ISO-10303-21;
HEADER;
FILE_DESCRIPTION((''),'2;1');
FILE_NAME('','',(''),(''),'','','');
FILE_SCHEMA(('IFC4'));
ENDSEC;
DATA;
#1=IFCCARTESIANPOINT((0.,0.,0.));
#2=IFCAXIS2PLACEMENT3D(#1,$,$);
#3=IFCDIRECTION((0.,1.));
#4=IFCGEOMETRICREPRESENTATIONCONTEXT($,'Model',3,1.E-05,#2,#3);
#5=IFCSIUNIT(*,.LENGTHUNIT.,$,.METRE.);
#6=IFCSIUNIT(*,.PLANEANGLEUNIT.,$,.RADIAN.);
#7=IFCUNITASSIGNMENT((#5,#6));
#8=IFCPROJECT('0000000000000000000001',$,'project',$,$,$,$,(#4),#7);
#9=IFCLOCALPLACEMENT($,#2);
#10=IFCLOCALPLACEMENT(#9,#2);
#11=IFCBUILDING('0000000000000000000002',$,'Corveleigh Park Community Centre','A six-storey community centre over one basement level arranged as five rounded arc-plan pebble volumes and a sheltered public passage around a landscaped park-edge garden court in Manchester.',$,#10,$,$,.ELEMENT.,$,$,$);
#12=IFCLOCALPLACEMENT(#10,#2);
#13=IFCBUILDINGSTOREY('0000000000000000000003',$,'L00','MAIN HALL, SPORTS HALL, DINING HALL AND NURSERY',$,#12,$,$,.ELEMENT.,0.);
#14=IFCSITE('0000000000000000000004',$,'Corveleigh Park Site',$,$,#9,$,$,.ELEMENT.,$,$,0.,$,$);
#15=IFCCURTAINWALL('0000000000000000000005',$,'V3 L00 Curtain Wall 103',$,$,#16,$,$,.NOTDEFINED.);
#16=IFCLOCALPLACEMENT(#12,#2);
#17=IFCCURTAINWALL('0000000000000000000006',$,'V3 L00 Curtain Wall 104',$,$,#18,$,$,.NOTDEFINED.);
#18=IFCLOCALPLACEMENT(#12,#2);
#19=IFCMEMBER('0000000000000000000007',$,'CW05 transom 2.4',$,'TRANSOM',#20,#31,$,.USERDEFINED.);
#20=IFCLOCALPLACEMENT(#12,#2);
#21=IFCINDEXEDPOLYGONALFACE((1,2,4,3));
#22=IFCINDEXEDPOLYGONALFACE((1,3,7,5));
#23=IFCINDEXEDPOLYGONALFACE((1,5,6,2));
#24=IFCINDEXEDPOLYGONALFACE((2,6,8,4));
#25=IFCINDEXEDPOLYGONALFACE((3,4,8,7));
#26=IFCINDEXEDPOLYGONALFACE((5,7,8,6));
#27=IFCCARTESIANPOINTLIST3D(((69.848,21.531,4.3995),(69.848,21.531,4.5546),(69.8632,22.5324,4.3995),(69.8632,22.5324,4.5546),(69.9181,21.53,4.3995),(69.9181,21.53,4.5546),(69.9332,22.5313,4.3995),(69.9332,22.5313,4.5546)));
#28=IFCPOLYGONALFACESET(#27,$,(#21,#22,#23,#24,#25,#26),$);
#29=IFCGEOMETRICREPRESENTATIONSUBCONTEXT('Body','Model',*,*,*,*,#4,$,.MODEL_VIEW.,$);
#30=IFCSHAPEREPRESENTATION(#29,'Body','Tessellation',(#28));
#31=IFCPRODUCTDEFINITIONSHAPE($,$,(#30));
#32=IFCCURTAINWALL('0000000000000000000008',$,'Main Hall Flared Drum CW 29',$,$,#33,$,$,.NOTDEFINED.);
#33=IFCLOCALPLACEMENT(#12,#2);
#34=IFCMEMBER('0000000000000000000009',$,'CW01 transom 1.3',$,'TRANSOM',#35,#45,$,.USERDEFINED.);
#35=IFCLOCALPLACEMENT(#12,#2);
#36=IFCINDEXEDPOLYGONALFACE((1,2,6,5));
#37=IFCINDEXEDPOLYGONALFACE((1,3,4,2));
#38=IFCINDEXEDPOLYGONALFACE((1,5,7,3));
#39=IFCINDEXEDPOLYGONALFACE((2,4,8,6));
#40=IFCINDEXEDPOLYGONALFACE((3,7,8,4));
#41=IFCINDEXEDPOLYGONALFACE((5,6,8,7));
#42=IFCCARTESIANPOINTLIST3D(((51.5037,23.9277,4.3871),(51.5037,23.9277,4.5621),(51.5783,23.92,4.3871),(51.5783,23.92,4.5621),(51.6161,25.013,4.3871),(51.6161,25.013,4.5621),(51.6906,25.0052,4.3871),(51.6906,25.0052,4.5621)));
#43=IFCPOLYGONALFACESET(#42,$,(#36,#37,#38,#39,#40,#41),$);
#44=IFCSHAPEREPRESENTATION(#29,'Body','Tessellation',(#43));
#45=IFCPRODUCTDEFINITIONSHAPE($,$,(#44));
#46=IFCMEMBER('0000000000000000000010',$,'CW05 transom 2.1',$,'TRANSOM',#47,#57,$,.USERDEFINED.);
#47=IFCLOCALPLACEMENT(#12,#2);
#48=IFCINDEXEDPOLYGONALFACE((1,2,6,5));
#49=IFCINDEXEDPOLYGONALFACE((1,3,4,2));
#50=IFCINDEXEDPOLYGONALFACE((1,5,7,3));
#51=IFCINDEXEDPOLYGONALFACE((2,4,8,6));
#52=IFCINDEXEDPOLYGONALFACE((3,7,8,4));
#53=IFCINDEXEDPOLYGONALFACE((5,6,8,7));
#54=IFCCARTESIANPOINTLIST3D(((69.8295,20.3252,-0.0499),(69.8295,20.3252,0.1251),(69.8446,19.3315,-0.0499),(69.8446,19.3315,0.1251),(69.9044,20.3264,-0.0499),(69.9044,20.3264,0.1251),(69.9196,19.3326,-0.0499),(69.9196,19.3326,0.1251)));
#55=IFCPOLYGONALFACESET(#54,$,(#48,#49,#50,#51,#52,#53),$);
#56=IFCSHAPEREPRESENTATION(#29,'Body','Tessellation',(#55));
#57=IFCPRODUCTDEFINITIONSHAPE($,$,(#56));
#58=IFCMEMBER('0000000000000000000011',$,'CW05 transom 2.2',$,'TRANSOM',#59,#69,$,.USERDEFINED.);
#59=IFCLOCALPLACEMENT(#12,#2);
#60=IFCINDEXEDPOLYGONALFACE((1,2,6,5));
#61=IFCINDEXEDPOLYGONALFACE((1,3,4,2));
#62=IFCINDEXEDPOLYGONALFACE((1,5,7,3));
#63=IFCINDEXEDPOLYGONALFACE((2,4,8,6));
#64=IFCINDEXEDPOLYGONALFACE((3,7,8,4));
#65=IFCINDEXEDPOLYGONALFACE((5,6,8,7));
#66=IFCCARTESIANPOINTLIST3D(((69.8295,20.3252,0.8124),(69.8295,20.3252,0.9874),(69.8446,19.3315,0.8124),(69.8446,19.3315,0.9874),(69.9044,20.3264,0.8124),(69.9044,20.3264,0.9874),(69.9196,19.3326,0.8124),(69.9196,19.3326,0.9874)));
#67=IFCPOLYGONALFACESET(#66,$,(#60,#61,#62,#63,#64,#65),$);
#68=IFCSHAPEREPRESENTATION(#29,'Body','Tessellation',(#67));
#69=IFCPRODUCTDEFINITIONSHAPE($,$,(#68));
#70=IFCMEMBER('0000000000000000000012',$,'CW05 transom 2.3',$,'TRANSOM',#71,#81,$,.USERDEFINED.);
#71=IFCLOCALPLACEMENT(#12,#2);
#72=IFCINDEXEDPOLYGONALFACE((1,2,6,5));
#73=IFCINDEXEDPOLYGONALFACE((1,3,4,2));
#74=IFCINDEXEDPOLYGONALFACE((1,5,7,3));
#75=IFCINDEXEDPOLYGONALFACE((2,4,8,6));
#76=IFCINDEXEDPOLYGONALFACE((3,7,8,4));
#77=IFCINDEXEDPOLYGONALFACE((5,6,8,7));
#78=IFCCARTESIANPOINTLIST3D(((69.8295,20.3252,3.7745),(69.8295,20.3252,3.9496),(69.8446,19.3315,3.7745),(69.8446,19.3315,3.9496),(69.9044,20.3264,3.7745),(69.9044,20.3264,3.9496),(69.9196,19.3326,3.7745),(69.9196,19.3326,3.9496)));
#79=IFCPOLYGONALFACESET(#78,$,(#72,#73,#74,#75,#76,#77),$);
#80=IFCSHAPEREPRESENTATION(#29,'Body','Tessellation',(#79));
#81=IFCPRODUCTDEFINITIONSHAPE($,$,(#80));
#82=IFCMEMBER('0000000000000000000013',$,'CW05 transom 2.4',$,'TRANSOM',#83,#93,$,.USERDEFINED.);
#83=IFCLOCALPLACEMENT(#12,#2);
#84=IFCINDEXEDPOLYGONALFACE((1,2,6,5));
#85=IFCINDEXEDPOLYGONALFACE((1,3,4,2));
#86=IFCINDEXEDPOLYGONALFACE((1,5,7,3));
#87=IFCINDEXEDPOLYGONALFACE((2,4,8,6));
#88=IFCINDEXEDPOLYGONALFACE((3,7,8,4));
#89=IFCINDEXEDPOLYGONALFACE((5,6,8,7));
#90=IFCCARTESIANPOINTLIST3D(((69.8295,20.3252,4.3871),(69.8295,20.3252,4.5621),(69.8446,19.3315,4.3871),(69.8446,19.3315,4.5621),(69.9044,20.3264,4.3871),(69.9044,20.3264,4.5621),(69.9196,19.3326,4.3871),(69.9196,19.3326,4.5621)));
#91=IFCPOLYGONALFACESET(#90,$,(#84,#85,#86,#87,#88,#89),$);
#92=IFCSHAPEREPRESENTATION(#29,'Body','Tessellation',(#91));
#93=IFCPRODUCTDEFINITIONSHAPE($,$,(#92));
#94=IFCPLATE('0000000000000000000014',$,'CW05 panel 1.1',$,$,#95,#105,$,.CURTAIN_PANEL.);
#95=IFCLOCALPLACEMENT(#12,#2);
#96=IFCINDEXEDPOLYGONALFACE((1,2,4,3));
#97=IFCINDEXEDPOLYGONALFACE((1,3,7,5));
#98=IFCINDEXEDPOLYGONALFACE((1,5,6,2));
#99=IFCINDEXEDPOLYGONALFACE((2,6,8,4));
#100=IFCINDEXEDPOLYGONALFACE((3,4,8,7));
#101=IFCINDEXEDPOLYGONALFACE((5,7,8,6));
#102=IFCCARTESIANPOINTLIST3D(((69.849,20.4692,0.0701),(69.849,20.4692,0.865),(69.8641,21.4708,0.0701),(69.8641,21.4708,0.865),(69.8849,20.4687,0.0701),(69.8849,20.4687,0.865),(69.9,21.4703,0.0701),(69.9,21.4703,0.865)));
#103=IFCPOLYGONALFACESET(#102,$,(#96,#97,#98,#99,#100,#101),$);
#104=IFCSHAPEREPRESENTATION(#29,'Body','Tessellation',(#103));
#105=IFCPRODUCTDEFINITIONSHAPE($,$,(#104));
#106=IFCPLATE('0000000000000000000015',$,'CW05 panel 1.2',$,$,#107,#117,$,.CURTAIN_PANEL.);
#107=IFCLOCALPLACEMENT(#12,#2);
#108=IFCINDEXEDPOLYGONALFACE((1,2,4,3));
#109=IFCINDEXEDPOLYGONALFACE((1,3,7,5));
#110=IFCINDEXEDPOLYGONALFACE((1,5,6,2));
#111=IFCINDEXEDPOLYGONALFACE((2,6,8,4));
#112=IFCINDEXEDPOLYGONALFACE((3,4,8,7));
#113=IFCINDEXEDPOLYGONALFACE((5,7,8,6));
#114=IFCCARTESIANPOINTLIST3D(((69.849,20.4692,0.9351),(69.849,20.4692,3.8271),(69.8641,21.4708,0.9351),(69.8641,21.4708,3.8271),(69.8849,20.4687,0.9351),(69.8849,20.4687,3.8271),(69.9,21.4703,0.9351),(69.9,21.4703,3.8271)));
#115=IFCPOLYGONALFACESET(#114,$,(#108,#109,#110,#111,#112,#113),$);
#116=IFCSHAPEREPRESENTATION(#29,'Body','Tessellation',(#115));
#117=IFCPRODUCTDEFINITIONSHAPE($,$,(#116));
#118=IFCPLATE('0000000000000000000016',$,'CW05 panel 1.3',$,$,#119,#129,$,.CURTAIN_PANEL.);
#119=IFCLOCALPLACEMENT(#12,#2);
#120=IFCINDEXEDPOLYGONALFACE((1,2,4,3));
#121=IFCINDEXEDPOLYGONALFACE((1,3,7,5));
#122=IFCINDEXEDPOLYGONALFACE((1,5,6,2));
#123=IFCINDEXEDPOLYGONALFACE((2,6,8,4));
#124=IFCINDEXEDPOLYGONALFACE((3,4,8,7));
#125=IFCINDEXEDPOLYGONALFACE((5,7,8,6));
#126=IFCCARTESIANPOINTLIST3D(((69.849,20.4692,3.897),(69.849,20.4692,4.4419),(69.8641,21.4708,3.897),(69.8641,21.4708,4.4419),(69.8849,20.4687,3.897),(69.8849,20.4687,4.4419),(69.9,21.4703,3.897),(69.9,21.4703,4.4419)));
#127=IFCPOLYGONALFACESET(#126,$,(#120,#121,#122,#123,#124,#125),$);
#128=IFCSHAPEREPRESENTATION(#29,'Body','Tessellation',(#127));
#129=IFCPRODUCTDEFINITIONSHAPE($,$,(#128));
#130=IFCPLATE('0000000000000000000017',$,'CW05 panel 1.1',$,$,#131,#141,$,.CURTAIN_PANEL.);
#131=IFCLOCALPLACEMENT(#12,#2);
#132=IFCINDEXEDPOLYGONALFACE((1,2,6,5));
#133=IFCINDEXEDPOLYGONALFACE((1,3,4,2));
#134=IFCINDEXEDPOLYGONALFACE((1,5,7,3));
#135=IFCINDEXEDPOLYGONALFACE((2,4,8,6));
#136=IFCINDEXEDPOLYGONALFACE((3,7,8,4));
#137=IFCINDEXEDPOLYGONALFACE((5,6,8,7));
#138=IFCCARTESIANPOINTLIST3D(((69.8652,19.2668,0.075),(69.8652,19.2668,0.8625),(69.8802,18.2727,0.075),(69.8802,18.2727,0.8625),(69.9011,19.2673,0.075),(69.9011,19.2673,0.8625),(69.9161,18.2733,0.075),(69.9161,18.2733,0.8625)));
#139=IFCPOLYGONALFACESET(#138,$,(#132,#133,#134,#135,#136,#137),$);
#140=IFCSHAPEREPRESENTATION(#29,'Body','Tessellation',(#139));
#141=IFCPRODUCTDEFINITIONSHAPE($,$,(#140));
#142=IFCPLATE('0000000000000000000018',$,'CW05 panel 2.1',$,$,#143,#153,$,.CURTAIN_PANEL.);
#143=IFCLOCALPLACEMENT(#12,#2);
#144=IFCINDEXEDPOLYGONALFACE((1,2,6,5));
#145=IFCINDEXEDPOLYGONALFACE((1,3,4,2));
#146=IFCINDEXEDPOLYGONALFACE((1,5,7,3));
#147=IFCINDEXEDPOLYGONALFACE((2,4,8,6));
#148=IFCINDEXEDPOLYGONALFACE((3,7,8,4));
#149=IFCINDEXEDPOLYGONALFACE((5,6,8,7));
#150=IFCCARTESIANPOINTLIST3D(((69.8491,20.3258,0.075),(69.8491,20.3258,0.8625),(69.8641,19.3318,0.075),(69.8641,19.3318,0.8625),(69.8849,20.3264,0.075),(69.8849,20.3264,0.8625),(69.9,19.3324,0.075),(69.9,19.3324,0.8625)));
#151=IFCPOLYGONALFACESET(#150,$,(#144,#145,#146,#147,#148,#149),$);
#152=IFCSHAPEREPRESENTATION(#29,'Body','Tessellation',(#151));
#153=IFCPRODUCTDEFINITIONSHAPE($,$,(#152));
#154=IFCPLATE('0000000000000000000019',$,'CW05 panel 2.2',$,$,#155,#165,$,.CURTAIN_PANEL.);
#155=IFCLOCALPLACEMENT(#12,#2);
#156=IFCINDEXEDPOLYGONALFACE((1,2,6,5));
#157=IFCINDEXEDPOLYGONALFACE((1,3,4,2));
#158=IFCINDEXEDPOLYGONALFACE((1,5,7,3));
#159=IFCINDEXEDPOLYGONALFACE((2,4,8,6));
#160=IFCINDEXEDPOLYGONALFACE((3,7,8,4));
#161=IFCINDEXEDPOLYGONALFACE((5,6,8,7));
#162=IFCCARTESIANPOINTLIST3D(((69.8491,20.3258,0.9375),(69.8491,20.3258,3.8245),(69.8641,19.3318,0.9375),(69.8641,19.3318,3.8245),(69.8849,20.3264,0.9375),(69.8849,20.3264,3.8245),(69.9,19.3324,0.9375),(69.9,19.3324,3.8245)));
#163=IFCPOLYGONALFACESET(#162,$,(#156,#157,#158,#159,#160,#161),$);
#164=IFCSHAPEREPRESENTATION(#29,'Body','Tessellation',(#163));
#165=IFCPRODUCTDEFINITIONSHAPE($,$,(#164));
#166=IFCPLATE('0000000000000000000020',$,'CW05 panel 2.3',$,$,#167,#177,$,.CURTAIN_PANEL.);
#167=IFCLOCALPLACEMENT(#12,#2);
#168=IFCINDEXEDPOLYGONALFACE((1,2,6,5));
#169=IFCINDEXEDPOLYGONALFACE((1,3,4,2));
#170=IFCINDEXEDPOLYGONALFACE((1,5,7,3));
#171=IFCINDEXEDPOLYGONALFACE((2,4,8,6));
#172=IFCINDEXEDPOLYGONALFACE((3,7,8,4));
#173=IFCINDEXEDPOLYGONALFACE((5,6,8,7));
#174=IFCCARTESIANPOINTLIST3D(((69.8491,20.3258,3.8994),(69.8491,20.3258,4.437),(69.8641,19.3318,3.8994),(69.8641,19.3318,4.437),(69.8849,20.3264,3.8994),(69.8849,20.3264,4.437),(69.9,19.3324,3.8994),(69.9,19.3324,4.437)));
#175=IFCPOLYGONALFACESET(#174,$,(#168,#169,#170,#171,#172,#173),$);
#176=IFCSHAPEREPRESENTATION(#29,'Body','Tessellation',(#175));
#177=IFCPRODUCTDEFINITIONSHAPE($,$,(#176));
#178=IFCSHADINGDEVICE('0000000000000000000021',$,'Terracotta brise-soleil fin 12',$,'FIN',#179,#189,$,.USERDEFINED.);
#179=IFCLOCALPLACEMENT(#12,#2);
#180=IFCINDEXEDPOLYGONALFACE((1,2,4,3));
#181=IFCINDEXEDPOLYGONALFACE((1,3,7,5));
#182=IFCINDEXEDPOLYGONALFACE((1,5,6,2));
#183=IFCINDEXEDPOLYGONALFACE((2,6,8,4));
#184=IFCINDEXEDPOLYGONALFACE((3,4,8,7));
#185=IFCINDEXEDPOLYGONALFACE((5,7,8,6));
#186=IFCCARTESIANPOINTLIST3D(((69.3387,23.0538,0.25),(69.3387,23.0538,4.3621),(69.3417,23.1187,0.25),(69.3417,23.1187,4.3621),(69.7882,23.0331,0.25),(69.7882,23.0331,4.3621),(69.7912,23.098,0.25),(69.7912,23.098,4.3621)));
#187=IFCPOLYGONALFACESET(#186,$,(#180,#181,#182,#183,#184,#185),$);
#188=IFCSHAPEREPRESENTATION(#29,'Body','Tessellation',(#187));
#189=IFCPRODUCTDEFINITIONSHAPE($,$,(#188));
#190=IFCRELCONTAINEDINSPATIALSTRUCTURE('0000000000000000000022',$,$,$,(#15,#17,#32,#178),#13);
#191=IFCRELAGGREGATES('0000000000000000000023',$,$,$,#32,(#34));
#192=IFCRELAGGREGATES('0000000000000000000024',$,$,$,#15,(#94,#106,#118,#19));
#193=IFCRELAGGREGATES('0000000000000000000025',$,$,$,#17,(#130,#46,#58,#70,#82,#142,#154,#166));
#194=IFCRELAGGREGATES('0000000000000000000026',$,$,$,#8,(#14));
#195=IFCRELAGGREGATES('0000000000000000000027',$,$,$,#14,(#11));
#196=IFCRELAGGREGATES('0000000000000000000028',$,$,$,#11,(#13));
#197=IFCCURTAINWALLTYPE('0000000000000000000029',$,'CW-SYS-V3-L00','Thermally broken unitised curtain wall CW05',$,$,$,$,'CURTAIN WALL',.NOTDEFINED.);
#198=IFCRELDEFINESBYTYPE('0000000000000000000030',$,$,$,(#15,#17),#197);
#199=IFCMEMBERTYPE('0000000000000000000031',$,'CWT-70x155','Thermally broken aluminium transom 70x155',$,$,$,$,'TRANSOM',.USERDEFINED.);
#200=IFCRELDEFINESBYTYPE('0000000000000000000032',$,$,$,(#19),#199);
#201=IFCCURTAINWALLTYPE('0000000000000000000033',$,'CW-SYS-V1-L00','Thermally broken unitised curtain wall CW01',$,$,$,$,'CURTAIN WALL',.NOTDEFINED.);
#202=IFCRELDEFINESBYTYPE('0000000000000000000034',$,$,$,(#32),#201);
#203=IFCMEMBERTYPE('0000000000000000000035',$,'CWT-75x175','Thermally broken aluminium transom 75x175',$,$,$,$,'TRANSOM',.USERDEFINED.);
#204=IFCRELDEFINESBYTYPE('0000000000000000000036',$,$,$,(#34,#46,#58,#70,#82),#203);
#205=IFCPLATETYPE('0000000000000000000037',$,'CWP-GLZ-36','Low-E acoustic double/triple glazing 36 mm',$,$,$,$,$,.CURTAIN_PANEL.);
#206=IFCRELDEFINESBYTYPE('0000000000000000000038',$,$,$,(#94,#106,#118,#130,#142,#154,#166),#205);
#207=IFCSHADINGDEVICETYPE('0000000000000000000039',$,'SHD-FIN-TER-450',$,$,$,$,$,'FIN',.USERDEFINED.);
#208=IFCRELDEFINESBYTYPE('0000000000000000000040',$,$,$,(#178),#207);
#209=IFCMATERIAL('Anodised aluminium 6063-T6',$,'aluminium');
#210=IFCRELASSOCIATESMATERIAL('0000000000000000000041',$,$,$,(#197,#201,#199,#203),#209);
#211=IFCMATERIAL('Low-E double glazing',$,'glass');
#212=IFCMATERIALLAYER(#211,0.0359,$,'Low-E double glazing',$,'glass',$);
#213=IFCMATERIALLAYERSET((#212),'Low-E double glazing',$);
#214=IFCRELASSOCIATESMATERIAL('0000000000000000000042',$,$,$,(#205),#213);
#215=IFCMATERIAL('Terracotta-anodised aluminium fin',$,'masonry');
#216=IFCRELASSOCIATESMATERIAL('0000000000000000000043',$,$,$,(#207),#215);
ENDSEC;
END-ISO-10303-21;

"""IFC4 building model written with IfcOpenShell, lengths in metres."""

from ifc_helpers import new_model, si_unit, direction, frame, origin, origin_2d, place, context, subcontext, project, spatial, rectangle, extrude, material, layer, layer_set, material_profile, profile_set, type_object, element, aggregate, save


model = new_model("IFC4")

# Units and contexts
model_context = context("Model", 3, precision=1e-05, world=origin(), true_north=direction((0.0, 1.0)))
body_context = subcontext(model_context, "Body", "Model", "MODEL_VIEW")
ifc_project = project(units=[si_unit("LENGTHUNIT", "METRE"), si_unit("PLANEANGLEUNIT", "RADIAN")], contexts=[model_context])

# Site, building, storey
site_placement = place(None, origin())
site = spatial("IfcSite", under=ifc_project, at=site_placement, Name="Corveleigh Park Site", CompositionType="ELEMENT", RefElevation=0.0)
building_placement = place(site_placement, origin())
building = spatial("IfcBuilding", under=site, at=building_placement, Name="Corveleigh Park Community Centre", Description="A six-storey community centre over one basement level arranged as five rounded arc-plan pebble volumes and a sheltered public passage around a landscaped park-edge garden court in Manchester.", CompositionType="ELEMENT")
storey_placement = place(building_placement, origin())
storey = spatial("IfcBuildingStorey", under=building, at=storey_placement, Name="L00", Description="MAIN HALL, SPORTS HALL, DINING HALL AND NURSERY", CompositionType="ELEMENT", Elevation=0.0)

# Curtain walls
ifc_material_1 = material(Name="Anodised aluminium 6063-T6", Category="aluminium")
curtain_wall_type_1 = type_object("IfcCurtainWallType", Name="CW-SYS-V3-L00", Description="Thermally broken unitised curtain wall CW05", ElementType="CURTAIN WALL", PredefinedType="NOTDEFINED", material=ifc_material_1)
curtain_wall_1_placement = place(storey_placement, origin())
curtain_wall_1 = element("IfcCurtainWall", 1, at=curtain_wall_1_placement, inside=storey, type_object=curtain_wall_type_1, Name="V3 L00 Curtain Wall 103", PredefinedType="NOTDEFINED")
curtain_wall_2_placement = place(storey_placement, origin())
curtain_wall_2 = element("IfcCurtainWall", 2, at=curtain_wall_2_placement, inside=storey, type_object=curtain_wall_type_1, Name="V3 L00 Curtain Wall 104", PredefinedType="NOTDEFINED")

# Member
ifc_material_profile_1 = material_profile(ifc_material_1, rectangle(XDim=0.0701, YDim=0.155, at=origin_2d()), Name="ALU-T70x155", Category="aluminium")
ifc_profile_set_1 = profile_set([ifc_material_profile_1], Name="Anodised aluminium 6063-T6")
member_type_1 = type_object("IfcMemberType", Name="CWT-70x155", Description="Thermally broken aluminium transom 70x155", ElementType="TRANSOM", PredefinedType="USERDEFINED", material=ifc_profile_set_1)
member_1_placement = place(storey_placement, frame((69.8831, 21.5305, 4.4771), z_axis=(0.015113, 0.999886, 0.0), x_axis=(-0.999886, 0.015113, 0.0)))
member_1 = element("IfcMember", 3, at=member_1_placement, type_object=member_type_1, Name="CW05 transom 2.4", ObjectType="TRANSOM", PredefinedType="USERDEFINED", context=body_context, shape_type="SweptSolid", body=[
    extrude(rectangle(XDim=0.0701, YDim=0.155, at=origin_2d()), origin(), (0.0, 0.0, 1.0), 1.0015),
])

# Curtain wall, member
curtain_wall_type_2 = type_object("IfcCurtainWallType", Name="CW-SYS-V1-L00", Description="Thermally broken unitised curtain wall CW01", ElementType="CURTAIN WALL", PredefinedType="NOTDEFINED", material=ifc_material_1)
curtain_wall_3_placement = place(storey_placement, origin())
curtain_wall_3 = element("IfcCurtainWall", 4, at=curtain_wall_3_placement, inside=storey, type_object=curtain_wall_type_2, Name="Main Hall Flared Drum CW 29", PredefinedType="NOTDEFINED")
ifc_material_profile_2 = material_profile(ifc_material_1, rectangle(XDim=0.075, YDim=0.175, at=origin_2d()), Name="ALU-T75x175", Category="aluminium")
ifc_profile_set_2 = profile_set([ifc_material_profile_2], Name="Anodised aluminium 6063-T6")
member_type_2 = type_object("IfcMemberType", Name="CWT-75x175", Description="Thermally broken aluminium transom 75x175", ElementType="TRANSOM", PredefinedType="USERDEFINED", material=ifc_profile_set_2)
member_2_placement = place(storey_placement, frame((51.541, 23.9238, 4.4746), z_axis=(0.102937, 0.994688, 0.0), x_axis=(-0.994688, 0.102937, 0.0)))
member_2 = element("IfcMember", 5, at=member_2_placement, type_object=member_type_2, Name="CW01 transom 1.3", ObjectType="TRANSOM", PredefinedType="USERDEFINED", context=body_context, shape_type="SweptSolid", body=[
    extrude(rectangle(XDim=0.075, YDim=0.175, at=origin_2d()), origin(), (0.0, 0.0, 1.0), 1.0911),
])
aggregate(curtain_wall_3, [member_2])

# Members
member_3_placement = place(storey_placement, frame((69.8821, 19.332, 0.0376), z_axis=(-0.015228, 0.999884, 0.0), x_axis=(-0.999884, -0.015228, 0.0)))
member_3 = element("IfcMember", 6, at=member_3_placement, type_object=member_type_2, Name="CW05 transom 2.1", ObjectType="TRANSOM", PredefinedType="USERDEFINED", context=body_context, shape_type="SweptSolid", body=[
    extrude(rectangle(XDim=0.075, YDim=0.175, at=origin_2d()), origin(), (0.0, 0.0, 1.0), 0.9939),
])
member_4_placement = place(storey_placement, frame((69.8821, 19.332, 0.8999), z_axis=(-0.015228, 0.999884, 0.0), x_axis=(-0.999884, -0.015228, 0.0)))
member_4 = element("IfcMember", 7, at=member_4_placement, type_object=member_type_2, Name="CW05 transom 2.2", ObjectType="TRANSOM", PredefinedType="USERDEFINED", context=body_context, shape_type="SweptSolid", body=[
    extrude(rectangle(XDim=0.075, YDim=0.175, at=origin_2d()), origin(), (0.0, 0.0, 1.0), 0.9939),
])
member_5_placement = place(storey_placement, frame((69.8821, 19.332, 3.8621), z_axis=(-0.015228, 0.999884, 0.0), x_axis=(-0.999884, -0.015228, 0.0)))
member_5 = element("IfcMember", 8, at=member_5_placement, type_object=member_type_2, Name="CW05 transom 2.3", ObjectType="TRANSOM", PredefinedType="USERDEFINED", context=body_context, shape_type="SweptSolid", body=[
    extrude(rectangle(XDim=0.075, YDim=0.175, at=origin_2d()), origin(), (0.0, 0.0, 1.0), 0.9939),
])
member_6_placement = place(storey_placement, frame((69.8821, 19.332, 4.4746), z_axis=(-0.015228, 0.999884, 0.0), x_axis=(-0.999884, -0.015228, 0.0)))
member_6 = element("IfcMember", 9, at=member_6_placement, type_object=member_type_2, Name="CW05 transom 2.4", ObjectType="TRANSOM", PredefinedType="USERDEFINED", context=body_context, shape_type="SweptSolid", body=[
    extrude(rectangle(XDim=0.075, YDim=0.175, at=origin_2d()), origin(), (0.0, 0.0, 1.0), 0.9939),
])

# Plates
ifc_material_2 = material(Name="Low-E double glazing", Category="glass")
ifc_layer = layer(ifc_material_2, 0.0359, Name="Low-E double glazing", Category="glass")
ifc_layer_set = layer_set([ifc_layer], Name="Low-E double glazing")
plate_type = type_object("IfcPlateType", Name="CWP-GLZ-36", Description="Low-E acoustic double/triple glazing 36 mm", PredefinedType="CURTAIN_PANEL", material=ifc_layer_set)
plate_1_placement = place(storey_placement, frame((69.8745, 20.9697, 0.0701), z_axis=(0.0, 0.0, 1.0), x_axis=(0.015115, 0.999886, 0.0)))
plate_1 = element("IfcPlate", 10, at=plate_1_placement, type_object=plate_type, Name="CW05 panel 1.1", PredefinedType="CURTAIN_PANEL", context=body_context, shape_type="SweptSolid", body=[
    extrude(rectangle(XDim=1.0017, YDim=0.0359, at=origin_2d()), origin(), (0.0, 0.0, 1.0), 0.7949),
])
plate_2_placement = place(storey_placement, frame((69.8745, 20.9697, 0.9351), z_axis=(0.0, 0.0, 1.0), x_axis=(0.015115, 0.999886, 0.0)))
plate_2 = element("IfcPlate", 11, at=plate_2_placement, type_object=plate_type, Name="CW05 panel 1.2", PredefinedType="CURTAIN_PANEL", context=body_context, shape_type="SweptSolid", body=[
    extrude(rectangle(XDim=1.0017, YDim=0.0359, at=origin_2d()), origin(), (0.0, 0.0, 1.0), 2.8921),
])
plate_3_placement = place(storey_placement, frame((69.8745, 20.9697, 3.897), z_axis=(0.0, 0.0, 1.0), x_axis=(0.015115, 0.999886, 0.0)))
plate_3 = element("IfcPlate", 12, at=plate_3_placement, type_object=plate_type, Name="CW05 panel 1.3", PredefinedType="CURTAIN_PANEL", context=body_context, shape_type="SweptSolid", body=[
    extrude(rectangle(XDim=1.0017, YDim=0.0359, at=origin_2d()), origin(), (0.0, 0.0, 1.0), 0.5449),
])
aggregate(curtain_wall_1, [plate_1, plate_2, plate_3, member_1])
plate_4_placement = place(storey_placement, frame((69.8906, 18.77, 0.075), z_axis=(0.0, 0.0, 1.0), x_axis=(-0.015115, 0.999886, 0.0)))
plate_4 = element("IfcPlate", 13, at=plate_4_placement, type_object=plate_type, Name="CW05 panel 1.1", PredefinedType="CURTAIN_PANEL", context=body_context, shape_type="SweptSolid", body=[
    extrude(rectangle(XDim=0.9941, YDim=0.0359, at=origin_2d()), origin(), (0.0, 0.0, 1.0), 0.7876),
])
plate_5_placement = place(storey_placement, frame((69.8745, 19.8291, 0.075), z_axis=(0.0, 0.0, 1.0), x_axis=(-0.015115, 0.999886, 0.0)))
plate_5 = element("IfcPlate", 14, at=plate_5_placement, type_object=plate_type, Name="CW05 panel 2.1", PredefinedType="CURTAIN_PANEL", context=body_context, shape_type="SweptSolid", body=[
    extrude(rectangle(XDim=0.9941, YDim=0.0359, at=origin_2d()), origin(), (0.0, 0.0, 1.0), 0.7876),
])
plate_6_placement = place(storey_placement, frame((69.8745, 19.8291, 0.9375), z_axis=(0.0, 0.0, 1.0), x_axis=(-0.015115, 0.999886, 0.0)))
plate_6 = element("IfcPlate", 15, at=plate_6_placement, type_object=plate_type, Name="CW05 panel 2.2", PredefinedType="CURTAIN_PANEL", context=body_context, shape_type="SweptSolid", body=[
    extrude(rectangle(XDim=0.9941, YDim=0.0359, at=origin_2d()), origin(), (0.0, 0.0, 1.0), 2.887),
])
plate_7_placement = place(storey_placement, frame((69.8745, 19.8291, 3.8994), z_axis=(0.0, 0.0, 1.0), x_axis=(-0.015115, 0.999886, 0.0)))
plate_7 = element("IfcPlate", 16, at=plate_7_placement, type_object=plate_type, Name="CW05 panel 2.3", PredefinedType="CURTAIN_PANEL", context=body_context, shape_type="SweptSolid", body=[
    extrude(rectangle(XDim=0.9941, YDim=0.0359, at=origin_2d()), origin(), (0.0, 0.0, 1.0), 0.5376),
])
aggregate(curtain_wall_2, [plate_4, member_3, member_4, member_5, member_6, plate_5, plate_6, plate_7])

# Shading device
ifc_material_3 = material(Name="Terracotta-anodised aluminium fin", Category="masonry")
shading_device_type = type_object("IfcShadingDeviceType", Name="SHD-FIN-TER-450", ElementType="FIN", PredefinedType="USERDEFINED", material=ifc_material_3)
shading_device_placement = place(storey_placement, frame((69.5649, 23.0759, 0.25), z_axis=(0.0, 0.0, 1.0), x_axis=(-0.998943, 0.045971, 0.0)))
element("IfcShadingDevice", 17, at=shading_device_placement, inside=storey, type_object=shading_device_type, Name="Terracotta brise-soleil fin 12", ObjectType="FIN", PredefinedType="USERDEFINED", context=body_context, shape_type="SweptSolid", body=[
    extrude(rectangle(XDim=0.45, YDim=0.0649, at=origin_2d()), origin(), (0.0, 0.0, 1.0), 4.1121),
])

save(model, "model.ifc")
